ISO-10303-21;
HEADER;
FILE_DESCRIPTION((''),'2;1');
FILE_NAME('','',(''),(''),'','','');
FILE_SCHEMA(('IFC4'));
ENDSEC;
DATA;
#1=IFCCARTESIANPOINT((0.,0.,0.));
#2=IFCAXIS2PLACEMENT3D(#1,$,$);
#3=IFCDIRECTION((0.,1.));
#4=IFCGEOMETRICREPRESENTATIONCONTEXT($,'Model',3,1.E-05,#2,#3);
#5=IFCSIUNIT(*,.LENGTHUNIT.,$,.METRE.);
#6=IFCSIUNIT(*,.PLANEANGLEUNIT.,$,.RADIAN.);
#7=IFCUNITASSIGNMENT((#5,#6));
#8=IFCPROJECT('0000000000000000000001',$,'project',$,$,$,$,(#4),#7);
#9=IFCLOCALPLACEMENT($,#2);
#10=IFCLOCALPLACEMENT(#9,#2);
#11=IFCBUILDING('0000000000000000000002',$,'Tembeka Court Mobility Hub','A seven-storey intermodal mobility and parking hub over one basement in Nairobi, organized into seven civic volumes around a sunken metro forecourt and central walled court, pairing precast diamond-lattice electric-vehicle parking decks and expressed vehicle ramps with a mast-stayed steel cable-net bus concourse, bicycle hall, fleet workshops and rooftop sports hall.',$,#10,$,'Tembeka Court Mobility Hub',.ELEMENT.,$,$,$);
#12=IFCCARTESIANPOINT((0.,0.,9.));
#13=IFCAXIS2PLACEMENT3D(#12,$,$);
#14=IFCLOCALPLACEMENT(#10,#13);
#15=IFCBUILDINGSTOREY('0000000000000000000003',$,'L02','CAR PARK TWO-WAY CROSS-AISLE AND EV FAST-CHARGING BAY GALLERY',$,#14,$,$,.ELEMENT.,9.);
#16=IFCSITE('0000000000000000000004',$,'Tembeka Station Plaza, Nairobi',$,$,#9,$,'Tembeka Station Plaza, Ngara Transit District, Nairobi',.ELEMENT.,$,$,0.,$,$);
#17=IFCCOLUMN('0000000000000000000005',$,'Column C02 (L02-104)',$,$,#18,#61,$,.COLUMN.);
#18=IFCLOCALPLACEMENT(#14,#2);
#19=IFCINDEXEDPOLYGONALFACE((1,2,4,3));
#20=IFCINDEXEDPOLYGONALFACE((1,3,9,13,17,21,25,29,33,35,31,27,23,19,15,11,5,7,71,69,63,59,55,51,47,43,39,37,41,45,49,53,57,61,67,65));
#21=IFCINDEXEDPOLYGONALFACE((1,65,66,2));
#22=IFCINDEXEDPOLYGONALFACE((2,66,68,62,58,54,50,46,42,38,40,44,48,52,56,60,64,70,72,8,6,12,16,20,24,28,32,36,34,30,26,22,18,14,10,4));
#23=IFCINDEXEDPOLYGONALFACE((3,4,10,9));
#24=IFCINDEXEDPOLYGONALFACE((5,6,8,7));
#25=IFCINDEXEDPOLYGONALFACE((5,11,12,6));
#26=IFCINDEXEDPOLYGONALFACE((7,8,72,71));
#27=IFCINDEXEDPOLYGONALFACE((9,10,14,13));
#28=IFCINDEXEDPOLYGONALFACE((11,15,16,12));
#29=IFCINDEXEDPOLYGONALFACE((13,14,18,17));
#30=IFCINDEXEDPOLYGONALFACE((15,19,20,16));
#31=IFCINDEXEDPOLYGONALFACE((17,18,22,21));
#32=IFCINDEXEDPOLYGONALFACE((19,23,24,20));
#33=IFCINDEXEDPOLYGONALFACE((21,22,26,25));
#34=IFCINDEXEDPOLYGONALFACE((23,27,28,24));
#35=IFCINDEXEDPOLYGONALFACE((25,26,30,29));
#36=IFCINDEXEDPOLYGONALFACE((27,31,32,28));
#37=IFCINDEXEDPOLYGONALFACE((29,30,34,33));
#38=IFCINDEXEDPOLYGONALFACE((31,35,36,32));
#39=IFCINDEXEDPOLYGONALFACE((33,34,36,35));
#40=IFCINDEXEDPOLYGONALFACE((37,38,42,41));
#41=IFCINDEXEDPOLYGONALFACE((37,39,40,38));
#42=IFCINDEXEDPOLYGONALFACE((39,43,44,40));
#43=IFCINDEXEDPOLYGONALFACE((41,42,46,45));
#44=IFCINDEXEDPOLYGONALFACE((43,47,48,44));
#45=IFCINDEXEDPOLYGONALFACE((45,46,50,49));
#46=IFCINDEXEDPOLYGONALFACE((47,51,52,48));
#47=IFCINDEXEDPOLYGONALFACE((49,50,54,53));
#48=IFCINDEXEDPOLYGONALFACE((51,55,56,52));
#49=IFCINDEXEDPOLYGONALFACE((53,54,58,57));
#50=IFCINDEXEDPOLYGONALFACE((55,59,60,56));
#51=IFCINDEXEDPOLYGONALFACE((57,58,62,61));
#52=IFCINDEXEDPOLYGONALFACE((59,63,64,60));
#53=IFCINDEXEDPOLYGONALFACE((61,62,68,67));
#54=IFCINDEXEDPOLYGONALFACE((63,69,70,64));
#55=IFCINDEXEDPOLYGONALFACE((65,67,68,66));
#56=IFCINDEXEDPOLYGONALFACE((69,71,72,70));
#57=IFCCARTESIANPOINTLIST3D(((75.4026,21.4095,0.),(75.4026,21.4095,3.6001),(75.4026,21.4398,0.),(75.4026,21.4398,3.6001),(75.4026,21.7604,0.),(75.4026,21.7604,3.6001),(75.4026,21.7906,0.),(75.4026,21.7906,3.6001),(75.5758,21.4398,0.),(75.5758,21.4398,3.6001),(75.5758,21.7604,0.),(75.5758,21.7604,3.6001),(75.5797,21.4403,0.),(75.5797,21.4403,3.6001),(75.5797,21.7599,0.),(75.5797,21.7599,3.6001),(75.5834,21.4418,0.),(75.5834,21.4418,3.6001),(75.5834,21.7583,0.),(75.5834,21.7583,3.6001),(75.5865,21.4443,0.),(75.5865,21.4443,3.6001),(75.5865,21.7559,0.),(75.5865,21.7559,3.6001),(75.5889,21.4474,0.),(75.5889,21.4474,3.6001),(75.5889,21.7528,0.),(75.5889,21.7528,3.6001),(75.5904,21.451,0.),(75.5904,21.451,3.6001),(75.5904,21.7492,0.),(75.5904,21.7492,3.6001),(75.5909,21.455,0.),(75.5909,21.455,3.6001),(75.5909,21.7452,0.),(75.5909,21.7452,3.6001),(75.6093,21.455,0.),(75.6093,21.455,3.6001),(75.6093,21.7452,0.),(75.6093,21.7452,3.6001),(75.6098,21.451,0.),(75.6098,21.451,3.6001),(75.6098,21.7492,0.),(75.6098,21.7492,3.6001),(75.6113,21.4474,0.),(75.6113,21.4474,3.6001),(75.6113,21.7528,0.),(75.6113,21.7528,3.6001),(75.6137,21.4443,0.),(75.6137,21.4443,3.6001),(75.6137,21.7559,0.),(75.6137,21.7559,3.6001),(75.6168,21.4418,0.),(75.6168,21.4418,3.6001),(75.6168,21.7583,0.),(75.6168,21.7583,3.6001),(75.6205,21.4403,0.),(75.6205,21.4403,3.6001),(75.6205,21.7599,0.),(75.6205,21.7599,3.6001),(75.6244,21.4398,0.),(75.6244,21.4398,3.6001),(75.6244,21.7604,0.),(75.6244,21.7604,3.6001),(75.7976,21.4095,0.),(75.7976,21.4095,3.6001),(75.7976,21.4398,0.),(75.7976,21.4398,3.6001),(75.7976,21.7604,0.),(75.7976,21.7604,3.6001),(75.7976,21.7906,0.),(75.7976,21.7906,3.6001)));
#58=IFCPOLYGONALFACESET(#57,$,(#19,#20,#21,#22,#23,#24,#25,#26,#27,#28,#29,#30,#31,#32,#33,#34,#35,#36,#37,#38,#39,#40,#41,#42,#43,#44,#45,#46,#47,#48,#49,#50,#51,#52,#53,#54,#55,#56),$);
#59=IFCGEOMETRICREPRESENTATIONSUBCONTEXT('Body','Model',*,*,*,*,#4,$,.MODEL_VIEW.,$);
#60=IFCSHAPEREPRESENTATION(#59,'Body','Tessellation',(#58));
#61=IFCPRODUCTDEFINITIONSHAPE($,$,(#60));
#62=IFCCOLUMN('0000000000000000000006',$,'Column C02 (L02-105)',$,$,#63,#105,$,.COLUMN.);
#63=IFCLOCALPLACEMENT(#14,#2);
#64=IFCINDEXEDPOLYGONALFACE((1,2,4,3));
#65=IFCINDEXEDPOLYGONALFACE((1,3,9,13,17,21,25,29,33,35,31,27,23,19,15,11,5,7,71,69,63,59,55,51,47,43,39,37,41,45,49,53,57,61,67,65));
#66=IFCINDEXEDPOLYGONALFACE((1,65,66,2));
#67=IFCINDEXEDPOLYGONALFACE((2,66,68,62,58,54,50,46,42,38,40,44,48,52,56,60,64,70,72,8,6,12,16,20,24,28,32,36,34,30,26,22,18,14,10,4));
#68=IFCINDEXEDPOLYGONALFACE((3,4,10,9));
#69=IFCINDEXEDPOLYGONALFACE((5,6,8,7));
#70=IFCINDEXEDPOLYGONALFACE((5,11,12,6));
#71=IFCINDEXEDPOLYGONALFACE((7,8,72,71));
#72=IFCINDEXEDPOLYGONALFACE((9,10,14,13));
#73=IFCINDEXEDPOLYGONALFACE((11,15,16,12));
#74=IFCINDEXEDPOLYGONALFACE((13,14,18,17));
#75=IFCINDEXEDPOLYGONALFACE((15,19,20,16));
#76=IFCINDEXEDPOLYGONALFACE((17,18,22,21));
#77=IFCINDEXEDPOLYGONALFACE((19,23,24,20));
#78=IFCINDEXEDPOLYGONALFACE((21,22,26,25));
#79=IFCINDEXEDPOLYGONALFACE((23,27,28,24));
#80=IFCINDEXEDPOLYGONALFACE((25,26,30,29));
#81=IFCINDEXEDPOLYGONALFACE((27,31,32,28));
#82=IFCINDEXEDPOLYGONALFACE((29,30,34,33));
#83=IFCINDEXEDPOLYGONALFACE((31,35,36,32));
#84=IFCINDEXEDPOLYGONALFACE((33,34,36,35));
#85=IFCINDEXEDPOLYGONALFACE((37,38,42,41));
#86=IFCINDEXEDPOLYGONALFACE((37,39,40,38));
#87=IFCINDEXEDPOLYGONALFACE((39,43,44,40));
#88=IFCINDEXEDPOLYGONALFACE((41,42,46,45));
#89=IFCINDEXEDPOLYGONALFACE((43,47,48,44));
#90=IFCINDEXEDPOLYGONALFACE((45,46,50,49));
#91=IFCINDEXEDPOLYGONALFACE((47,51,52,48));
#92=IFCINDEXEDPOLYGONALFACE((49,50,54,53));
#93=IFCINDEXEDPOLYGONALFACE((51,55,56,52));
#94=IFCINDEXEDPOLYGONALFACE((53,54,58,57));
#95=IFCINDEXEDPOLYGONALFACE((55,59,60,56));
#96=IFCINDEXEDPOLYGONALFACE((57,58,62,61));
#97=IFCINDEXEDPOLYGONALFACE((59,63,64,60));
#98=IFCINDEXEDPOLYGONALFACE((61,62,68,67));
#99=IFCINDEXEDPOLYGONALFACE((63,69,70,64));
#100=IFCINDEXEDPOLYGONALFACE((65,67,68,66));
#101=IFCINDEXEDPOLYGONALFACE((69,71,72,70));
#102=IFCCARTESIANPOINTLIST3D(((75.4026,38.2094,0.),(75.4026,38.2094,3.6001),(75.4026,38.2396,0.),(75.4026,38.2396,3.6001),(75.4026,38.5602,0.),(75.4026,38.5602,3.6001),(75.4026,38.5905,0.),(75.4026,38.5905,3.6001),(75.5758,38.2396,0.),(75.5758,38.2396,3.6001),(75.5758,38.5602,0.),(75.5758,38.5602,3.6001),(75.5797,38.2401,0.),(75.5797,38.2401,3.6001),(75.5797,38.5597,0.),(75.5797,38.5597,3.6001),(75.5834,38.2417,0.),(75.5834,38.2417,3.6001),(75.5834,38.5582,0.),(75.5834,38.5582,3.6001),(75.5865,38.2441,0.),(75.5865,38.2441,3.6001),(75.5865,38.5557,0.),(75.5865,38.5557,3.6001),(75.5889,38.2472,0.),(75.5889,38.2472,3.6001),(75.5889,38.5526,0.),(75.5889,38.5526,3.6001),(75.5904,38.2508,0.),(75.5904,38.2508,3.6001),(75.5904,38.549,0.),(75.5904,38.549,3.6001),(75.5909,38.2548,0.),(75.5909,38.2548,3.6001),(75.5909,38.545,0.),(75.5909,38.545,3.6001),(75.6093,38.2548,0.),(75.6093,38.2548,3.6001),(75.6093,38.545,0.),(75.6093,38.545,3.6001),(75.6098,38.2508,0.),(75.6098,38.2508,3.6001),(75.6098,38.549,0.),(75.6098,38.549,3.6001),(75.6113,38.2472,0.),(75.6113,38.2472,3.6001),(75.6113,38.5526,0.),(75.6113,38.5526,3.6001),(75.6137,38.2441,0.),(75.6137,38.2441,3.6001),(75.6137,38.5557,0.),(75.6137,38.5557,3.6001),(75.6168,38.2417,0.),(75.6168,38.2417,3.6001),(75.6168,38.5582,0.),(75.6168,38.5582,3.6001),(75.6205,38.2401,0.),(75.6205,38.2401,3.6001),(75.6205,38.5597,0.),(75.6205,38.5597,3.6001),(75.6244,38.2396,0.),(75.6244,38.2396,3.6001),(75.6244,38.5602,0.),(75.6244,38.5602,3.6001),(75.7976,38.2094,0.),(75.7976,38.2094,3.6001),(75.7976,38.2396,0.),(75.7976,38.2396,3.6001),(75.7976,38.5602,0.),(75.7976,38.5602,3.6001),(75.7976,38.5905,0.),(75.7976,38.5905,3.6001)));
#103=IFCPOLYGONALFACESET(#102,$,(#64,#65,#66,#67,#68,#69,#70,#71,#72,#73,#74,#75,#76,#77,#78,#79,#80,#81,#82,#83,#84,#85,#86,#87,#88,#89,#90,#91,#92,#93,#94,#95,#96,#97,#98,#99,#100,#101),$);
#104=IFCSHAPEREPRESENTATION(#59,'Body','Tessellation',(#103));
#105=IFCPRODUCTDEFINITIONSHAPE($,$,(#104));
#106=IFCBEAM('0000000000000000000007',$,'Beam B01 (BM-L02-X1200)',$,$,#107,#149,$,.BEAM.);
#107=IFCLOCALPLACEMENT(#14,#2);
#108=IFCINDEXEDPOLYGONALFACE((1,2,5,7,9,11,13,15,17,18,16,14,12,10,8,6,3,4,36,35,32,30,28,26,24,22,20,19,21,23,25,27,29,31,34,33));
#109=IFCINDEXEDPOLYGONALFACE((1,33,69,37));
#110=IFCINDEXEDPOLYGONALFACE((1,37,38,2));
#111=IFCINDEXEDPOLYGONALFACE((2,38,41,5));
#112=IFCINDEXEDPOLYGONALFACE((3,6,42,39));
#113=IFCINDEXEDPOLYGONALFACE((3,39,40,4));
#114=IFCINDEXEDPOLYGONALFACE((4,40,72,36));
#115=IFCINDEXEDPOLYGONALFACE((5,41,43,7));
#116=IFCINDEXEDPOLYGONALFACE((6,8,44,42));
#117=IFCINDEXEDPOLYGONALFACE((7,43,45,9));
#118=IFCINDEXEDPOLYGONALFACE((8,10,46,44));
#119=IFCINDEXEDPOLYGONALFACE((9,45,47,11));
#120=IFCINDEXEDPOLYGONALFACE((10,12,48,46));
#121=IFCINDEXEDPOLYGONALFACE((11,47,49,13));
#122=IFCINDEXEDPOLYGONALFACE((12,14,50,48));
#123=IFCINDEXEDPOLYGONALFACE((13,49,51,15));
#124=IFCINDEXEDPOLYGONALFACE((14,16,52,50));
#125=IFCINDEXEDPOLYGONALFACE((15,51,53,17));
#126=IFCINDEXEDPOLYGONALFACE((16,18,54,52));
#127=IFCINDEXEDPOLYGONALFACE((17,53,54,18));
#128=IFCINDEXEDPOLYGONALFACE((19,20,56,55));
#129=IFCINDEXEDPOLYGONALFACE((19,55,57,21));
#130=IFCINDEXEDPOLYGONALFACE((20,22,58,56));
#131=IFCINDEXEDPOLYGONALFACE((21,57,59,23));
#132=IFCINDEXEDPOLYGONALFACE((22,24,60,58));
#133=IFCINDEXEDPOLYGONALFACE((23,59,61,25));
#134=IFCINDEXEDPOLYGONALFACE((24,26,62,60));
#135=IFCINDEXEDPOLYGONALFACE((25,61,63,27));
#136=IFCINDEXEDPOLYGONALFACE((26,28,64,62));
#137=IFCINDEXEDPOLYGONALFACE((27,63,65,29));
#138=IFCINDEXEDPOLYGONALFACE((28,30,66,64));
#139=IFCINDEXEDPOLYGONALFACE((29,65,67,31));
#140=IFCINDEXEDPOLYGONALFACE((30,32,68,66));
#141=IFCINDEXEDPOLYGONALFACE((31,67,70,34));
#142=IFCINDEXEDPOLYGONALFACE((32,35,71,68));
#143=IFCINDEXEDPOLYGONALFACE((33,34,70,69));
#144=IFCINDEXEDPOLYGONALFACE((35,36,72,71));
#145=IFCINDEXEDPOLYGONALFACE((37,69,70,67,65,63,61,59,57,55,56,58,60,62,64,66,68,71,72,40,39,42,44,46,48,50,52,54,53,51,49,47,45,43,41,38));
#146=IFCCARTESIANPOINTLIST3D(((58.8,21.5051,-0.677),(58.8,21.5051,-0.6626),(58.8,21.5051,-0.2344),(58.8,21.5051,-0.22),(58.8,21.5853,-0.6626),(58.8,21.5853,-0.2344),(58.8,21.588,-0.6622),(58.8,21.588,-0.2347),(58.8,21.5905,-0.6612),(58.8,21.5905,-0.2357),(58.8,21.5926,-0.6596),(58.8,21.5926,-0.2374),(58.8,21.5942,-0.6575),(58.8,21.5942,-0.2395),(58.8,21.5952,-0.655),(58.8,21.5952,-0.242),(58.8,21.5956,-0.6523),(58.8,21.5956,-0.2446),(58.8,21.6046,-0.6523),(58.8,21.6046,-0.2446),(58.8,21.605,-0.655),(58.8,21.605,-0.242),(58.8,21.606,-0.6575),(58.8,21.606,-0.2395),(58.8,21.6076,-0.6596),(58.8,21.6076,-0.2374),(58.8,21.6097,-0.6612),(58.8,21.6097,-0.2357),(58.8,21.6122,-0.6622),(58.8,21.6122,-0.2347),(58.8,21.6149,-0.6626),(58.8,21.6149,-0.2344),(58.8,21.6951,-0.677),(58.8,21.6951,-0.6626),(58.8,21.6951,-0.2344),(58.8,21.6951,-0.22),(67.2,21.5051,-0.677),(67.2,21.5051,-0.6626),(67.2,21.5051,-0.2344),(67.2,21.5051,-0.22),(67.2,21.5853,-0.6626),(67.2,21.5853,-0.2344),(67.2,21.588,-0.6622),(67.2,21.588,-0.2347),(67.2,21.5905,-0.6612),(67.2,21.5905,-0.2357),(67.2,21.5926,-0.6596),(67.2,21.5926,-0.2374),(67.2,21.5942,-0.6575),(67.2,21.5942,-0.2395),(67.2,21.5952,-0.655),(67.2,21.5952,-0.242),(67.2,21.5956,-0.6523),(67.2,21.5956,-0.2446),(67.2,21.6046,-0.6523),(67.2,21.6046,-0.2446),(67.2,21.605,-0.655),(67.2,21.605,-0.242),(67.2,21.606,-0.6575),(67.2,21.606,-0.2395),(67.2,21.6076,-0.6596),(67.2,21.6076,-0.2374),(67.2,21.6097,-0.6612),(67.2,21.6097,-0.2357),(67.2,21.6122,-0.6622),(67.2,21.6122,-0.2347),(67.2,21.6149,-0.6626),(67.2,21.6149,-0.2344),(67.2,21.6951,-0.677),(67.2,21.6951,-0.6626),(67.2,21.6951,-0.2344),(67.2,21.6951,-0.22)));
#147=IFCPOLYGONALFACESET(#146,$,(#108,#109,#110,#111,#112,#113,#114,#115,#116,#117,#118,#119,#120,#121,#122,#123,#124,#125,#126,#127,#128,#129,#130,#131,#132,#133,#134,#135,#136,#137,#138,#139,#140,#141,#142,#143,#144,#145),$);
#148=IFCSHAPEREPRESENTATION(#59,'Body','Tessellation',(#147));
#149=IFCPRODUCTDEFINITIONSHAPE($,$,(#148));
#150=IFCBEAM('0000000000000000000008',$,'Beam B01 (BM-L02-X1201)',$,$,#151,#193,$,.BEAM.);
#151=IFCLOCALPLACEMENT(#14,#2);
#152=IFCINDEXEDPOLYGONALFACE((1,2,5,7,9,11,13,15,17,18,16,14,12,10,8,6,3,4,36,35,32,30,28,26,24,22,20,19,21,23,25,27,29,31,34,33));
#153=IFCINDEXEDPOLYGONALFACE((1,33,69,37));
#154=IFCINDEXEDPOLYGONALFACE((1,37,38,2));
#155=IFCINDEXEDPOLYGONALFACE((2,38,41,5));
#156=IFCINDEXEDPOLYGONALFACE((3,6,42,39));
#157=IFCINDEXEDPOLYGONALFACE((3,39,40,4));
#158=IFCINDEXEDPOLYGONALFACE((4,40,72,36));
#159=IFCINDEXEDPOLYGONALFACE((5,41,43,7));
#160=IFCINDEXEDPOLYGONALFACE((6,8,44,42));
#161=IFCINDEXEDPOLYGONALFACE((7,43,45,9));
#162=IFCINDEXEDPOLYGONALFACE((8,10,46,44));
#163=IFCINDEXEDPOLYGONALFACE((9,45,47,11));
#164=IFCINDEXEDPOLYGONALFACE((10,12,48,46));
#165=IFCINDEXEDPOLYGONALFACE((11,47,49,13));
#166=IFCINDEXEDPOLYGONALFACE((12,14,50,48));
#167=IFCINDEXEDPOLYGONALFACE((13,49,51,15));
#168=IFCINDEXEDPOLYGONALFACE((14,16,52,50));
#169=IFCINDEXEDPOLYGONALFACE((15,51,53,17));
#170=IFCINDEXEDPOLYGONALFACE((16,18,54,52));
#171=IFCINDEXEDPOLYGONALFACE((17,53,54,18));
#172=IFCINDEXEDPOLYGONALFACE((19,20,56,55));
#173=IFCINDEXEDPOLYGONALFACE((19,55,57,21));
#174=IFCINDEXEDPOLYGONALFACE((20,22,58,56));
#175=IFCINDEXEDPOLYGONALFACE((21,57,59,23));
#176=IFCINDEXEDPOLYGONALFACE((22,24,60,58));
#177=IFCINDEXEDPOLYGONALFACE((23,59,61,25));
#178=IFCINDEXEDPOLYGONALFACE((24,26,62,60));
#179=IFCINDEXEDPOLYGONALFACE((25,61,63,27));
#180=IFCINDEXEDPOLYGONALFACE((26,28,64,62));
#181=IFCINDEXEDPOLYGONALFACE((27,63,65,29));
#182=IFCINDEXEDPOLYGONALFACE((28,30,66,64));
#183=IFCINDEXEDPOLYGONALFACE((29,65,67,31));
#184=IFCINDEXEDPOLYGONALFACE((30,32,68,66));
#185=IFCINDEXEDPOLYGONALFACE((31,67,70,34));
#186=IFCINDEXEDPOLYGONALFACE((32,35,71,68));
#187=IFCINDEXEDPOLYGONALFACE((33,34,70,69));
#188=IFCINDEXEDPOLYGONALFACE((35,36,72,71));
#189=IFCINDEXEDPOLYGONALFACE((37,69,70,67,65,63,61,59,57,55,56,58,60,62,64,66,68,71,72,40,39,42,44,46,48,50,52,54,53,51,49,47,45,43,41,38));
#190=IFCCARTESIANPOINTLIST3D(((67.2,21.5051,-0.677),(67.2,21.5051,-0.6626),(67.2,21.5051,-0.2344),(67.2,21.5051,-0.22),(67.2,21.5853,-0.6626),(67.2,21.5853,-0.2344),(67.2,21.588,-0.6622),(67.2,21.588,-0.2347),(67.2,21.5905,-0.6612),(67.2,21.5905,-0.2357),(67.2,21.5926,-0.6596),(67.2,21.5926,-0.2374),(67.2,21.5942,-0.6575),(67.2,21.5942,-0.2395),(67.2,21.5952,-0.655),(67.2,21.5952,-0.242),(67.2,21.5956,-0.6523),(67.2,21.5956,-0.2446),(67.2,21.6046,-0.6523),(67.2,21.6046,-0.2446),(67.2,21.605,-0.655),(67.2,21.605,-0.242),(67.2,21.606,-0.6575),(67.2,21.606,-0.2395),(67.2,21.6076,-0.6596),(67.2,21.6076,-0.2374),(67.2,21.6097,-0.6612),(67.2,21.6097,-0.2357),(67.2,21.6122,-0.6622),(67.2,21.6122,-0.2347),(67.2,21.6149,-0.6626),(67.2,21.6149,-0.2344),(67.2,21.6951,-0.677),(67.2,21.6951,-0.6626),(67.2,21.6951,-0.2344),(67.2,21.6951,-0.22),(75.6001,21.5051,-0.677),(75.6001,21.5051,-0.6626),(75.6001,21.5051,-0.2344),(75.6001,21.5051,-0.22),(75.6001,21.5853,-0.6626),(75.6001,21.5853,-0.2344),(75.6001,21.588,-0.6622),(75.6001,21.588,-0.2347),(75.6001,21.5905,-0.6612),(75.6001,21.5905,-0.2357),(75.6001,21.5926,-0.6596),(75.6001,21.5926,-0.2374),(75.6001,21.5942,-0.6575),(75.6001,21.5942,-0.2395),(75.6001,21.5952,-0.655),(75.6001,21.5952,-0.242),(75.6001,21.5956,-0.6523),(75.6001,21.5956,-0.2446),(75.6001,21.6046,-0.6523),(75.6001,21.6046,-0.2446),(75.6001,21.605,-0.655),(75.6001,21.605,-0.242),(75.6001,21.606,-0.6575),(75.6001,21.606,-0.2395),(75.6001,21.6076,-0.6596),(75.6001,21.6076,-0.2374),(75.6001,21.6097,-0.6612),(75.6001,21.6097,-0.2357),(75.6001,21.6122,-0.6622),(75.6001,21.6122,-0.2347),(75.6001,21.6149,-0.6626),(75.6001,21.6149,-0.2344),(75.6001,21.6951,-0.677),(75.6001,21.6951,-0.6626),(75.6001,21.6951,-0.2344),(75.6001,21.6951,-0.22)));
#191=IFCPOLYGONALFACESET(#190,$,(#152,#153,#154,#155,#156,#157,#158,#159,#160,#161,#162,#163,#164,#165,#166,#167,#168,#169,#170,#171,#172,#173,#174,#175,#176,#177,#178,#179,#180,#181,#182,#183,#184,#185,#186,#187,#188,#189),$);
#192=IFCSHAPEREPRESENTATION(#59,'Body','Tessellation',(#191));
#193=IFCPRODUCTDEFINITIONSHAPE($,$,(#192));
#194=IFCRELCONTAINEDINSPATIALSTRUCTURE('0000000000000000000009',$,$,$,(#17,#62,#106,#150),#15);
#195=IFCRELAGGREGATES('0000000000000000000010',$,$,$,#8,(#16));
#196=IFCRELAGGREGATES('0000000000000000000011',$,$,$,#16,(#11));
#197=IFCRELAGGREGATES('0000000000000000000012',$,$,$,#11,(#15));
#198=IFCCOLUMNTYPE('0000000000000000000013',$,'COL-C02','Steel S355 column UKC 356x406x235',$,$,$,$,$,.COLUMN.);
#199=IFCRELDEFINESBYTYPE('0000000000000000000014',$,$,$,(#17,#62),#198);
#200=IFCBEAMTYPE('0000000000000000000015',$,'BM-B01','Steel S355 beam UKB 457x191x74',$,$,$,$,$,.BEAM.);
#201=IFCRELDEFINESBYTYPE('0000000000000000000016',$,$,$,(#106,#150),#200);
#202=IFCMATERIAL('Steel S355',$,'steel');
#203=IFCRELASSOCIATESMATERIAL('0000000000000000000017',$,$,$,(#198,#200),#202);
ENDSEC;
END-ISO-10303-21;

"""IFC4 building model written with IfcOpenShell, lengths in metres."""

from ifc_helpers import new_model, si_unit, direction, frame, origin, origin_2d, place, context, subcontext, project, spatial, i_section, extrude, material, material_profile, profile_set, type_object, element, save


model = new_model("IFC4")

# Units and contexts
model_context = context("Model", 3, precision=1e-05, world=origin(), true_north=direction((0.0, 1.0)))
body_context = subcontext(model_context, "Body", "Model", "MODEL_VIEW")
ifc_project = project(units=[si_unit("LENGTHUNIT", "METRE"), si_unit("PLANEANGLEUNIT", "RADIAN")], contexts=[model_context])

# Site, building, storey
site_placement = place(None, origin())
site = spatial("IfcSite", under=ifc_project, at=site_placement, Name="Tembeka Station Plaza, Nairobi", LongName="Tembeka Station Plaza, Ngara Transit District, Nairobi", CompositionType="ELEMENT", RefElevation=0.0)
building_placement = place(site_placement, origin())
building = spatial("IfcBuilding", under=site, at=building_placement, Name="Tembeka Court Mobility Hub", Description="A seven-storey intermodal mobility and parking hub over one basement in Nairobi, organized into seven civic volumes around a sunken metro forecourt and central walled court, pairing precast diamond-lattice electric-vehicle parking decks and expressed vehicle ramps with a mast-stayed steel cable-net bus concourse, bicycle hall, fleet workshops and rooftop sports hall.", LongName="Tembeka Court Mobility Hub", CompositionType="ELEMENT")
storey_placement = place(building_placement, frame((0.0, 0.0, 9.0)))
storey = spatial("IfcBuildingStorey", under=building, at=storey_placement, Name="L02", Description="CAR PARK TWO-WAY CROSS-AISLE AND EV FAST-CHARGING BAY GALLERY", CompositionType="ELEMENT", Elevation=9.0)

# Columns
ifc_material_1 = material(Name="Steel S355", Category="steel")
ifc_material_profile_1 = material_profile(ifc_material_1, i_section(OverallWidth=0.395, OverallDepth=0.3811, WebThickness=0.0183, FlangeThickness=0.0303, FilletRadius=0.0151, at=origin_2d()), Name="UKC 356x406x235")
ifc_profile_set_1 = profile_set([ifc_material_profile_1], Name="Steel S355")
column_type = type_object("IfcColumnType", Name="COL-C02", Description="Steel S355 column UKC 356x406x235", PredefinedType="COLUMN", material=ifc_profile_set_1)
for number, where, z_axis, x_axis, name in (
    (1, (75.6001, 21.6001, 0.0), (0.0, 0.0, 1.0), (1.0, 0.0, 0.0), "Column C02 (L02-104)"),
    (2, (75.6001, 38.3999, 0.0), (0.0, 0.0, 1.0), (1.0, 0.0, 0.0), "Column C02 (L02-105)"),
):
    element("IfcColumn", number, at=place(storey_placement, frame(where, z_axis=z_axis, x_axis=x_axis)), inside=storey, type_object=column_type, Name=name, PredefinedType="COLUMN", context=body_context, shape_type="SweptSolid", body=[
        extrude(i_section(OverallWidth=0.395, OverallDepth=0.3811, WebThickness=0.0183, FlangeThickness=0.0303, FilletRadius=0.0151, at=origin_2d()), origin(), (0.0, 0.0, 1.0), 3.6001),
    ])

# Beams
ifc_material_profile_2 = material_profile(ifc_material_1, i_section(OverallWidth=0.1899, OverallDepth=0.457, WebThickness=0.009, FlangeThickness=0.0144, FilletRadius=0.0103, at=origin_2d()), Name="UKB 457x191x74")
ifc_profile_set_2 = profile_set([ifc_material_profile_2], Name="Steel S355")
beam_type_1 = type_object("IfcBeamType", Name="BM-B01", Description="Steel S355 beam UKB 457x191x74", PredefinedType="BEAM", material=ifc_profile_set_2)
beam_1_placement = place(storey_placement, frame((58.8, 21.6001, -0.4485), z_axis=(1.0, 0.0, 0.0), x_axis=(0.0, 1.0, 0.0)))
element("IfcBeam", 3, at=beam_1_placement, inside=storey, type_object=beam_type_1, Name="Beam B01 (BM-L02-X1200)", PredefinedType="BEAM", context=body_context, shape_type="SweptSolid", body=[
    extrude(i_section(OverallWidth=0.1899, OverallDepth=0.457, WebThickness=0.009, FlangeThickness=0.0144, FilletRadius=0.0103, at=origin_2d()), origin(), (0.0, 0.0, 1.0), 8.3999),
])
beam_2_placement = place(storey_placement, frame((67.2, 21.6001, -0.4485), z_axis=(1.0, 0.0, 0.0), x_axis=(0.0, 1.0, 0.0)))
element("IfcBeam", 4, at=beam_2_placement, inside=storey, type_object=beam_type_1, Name="Beam B01 (BM-L02-X1201)", PredefinedType="BEAM", context=body_context, shape_type="SweptSolid", body=[
    extrude(i_section(OverallWidth=0.1899, OverallDepth=0.457, WebThickness=0.009, FlangeThickness=0.0144, FilletRadius=0.0103, at=origin_2d()), origin(), (0.0, 0.0, 1.0), 8.4001),
])

save(model, "model.ifc")
